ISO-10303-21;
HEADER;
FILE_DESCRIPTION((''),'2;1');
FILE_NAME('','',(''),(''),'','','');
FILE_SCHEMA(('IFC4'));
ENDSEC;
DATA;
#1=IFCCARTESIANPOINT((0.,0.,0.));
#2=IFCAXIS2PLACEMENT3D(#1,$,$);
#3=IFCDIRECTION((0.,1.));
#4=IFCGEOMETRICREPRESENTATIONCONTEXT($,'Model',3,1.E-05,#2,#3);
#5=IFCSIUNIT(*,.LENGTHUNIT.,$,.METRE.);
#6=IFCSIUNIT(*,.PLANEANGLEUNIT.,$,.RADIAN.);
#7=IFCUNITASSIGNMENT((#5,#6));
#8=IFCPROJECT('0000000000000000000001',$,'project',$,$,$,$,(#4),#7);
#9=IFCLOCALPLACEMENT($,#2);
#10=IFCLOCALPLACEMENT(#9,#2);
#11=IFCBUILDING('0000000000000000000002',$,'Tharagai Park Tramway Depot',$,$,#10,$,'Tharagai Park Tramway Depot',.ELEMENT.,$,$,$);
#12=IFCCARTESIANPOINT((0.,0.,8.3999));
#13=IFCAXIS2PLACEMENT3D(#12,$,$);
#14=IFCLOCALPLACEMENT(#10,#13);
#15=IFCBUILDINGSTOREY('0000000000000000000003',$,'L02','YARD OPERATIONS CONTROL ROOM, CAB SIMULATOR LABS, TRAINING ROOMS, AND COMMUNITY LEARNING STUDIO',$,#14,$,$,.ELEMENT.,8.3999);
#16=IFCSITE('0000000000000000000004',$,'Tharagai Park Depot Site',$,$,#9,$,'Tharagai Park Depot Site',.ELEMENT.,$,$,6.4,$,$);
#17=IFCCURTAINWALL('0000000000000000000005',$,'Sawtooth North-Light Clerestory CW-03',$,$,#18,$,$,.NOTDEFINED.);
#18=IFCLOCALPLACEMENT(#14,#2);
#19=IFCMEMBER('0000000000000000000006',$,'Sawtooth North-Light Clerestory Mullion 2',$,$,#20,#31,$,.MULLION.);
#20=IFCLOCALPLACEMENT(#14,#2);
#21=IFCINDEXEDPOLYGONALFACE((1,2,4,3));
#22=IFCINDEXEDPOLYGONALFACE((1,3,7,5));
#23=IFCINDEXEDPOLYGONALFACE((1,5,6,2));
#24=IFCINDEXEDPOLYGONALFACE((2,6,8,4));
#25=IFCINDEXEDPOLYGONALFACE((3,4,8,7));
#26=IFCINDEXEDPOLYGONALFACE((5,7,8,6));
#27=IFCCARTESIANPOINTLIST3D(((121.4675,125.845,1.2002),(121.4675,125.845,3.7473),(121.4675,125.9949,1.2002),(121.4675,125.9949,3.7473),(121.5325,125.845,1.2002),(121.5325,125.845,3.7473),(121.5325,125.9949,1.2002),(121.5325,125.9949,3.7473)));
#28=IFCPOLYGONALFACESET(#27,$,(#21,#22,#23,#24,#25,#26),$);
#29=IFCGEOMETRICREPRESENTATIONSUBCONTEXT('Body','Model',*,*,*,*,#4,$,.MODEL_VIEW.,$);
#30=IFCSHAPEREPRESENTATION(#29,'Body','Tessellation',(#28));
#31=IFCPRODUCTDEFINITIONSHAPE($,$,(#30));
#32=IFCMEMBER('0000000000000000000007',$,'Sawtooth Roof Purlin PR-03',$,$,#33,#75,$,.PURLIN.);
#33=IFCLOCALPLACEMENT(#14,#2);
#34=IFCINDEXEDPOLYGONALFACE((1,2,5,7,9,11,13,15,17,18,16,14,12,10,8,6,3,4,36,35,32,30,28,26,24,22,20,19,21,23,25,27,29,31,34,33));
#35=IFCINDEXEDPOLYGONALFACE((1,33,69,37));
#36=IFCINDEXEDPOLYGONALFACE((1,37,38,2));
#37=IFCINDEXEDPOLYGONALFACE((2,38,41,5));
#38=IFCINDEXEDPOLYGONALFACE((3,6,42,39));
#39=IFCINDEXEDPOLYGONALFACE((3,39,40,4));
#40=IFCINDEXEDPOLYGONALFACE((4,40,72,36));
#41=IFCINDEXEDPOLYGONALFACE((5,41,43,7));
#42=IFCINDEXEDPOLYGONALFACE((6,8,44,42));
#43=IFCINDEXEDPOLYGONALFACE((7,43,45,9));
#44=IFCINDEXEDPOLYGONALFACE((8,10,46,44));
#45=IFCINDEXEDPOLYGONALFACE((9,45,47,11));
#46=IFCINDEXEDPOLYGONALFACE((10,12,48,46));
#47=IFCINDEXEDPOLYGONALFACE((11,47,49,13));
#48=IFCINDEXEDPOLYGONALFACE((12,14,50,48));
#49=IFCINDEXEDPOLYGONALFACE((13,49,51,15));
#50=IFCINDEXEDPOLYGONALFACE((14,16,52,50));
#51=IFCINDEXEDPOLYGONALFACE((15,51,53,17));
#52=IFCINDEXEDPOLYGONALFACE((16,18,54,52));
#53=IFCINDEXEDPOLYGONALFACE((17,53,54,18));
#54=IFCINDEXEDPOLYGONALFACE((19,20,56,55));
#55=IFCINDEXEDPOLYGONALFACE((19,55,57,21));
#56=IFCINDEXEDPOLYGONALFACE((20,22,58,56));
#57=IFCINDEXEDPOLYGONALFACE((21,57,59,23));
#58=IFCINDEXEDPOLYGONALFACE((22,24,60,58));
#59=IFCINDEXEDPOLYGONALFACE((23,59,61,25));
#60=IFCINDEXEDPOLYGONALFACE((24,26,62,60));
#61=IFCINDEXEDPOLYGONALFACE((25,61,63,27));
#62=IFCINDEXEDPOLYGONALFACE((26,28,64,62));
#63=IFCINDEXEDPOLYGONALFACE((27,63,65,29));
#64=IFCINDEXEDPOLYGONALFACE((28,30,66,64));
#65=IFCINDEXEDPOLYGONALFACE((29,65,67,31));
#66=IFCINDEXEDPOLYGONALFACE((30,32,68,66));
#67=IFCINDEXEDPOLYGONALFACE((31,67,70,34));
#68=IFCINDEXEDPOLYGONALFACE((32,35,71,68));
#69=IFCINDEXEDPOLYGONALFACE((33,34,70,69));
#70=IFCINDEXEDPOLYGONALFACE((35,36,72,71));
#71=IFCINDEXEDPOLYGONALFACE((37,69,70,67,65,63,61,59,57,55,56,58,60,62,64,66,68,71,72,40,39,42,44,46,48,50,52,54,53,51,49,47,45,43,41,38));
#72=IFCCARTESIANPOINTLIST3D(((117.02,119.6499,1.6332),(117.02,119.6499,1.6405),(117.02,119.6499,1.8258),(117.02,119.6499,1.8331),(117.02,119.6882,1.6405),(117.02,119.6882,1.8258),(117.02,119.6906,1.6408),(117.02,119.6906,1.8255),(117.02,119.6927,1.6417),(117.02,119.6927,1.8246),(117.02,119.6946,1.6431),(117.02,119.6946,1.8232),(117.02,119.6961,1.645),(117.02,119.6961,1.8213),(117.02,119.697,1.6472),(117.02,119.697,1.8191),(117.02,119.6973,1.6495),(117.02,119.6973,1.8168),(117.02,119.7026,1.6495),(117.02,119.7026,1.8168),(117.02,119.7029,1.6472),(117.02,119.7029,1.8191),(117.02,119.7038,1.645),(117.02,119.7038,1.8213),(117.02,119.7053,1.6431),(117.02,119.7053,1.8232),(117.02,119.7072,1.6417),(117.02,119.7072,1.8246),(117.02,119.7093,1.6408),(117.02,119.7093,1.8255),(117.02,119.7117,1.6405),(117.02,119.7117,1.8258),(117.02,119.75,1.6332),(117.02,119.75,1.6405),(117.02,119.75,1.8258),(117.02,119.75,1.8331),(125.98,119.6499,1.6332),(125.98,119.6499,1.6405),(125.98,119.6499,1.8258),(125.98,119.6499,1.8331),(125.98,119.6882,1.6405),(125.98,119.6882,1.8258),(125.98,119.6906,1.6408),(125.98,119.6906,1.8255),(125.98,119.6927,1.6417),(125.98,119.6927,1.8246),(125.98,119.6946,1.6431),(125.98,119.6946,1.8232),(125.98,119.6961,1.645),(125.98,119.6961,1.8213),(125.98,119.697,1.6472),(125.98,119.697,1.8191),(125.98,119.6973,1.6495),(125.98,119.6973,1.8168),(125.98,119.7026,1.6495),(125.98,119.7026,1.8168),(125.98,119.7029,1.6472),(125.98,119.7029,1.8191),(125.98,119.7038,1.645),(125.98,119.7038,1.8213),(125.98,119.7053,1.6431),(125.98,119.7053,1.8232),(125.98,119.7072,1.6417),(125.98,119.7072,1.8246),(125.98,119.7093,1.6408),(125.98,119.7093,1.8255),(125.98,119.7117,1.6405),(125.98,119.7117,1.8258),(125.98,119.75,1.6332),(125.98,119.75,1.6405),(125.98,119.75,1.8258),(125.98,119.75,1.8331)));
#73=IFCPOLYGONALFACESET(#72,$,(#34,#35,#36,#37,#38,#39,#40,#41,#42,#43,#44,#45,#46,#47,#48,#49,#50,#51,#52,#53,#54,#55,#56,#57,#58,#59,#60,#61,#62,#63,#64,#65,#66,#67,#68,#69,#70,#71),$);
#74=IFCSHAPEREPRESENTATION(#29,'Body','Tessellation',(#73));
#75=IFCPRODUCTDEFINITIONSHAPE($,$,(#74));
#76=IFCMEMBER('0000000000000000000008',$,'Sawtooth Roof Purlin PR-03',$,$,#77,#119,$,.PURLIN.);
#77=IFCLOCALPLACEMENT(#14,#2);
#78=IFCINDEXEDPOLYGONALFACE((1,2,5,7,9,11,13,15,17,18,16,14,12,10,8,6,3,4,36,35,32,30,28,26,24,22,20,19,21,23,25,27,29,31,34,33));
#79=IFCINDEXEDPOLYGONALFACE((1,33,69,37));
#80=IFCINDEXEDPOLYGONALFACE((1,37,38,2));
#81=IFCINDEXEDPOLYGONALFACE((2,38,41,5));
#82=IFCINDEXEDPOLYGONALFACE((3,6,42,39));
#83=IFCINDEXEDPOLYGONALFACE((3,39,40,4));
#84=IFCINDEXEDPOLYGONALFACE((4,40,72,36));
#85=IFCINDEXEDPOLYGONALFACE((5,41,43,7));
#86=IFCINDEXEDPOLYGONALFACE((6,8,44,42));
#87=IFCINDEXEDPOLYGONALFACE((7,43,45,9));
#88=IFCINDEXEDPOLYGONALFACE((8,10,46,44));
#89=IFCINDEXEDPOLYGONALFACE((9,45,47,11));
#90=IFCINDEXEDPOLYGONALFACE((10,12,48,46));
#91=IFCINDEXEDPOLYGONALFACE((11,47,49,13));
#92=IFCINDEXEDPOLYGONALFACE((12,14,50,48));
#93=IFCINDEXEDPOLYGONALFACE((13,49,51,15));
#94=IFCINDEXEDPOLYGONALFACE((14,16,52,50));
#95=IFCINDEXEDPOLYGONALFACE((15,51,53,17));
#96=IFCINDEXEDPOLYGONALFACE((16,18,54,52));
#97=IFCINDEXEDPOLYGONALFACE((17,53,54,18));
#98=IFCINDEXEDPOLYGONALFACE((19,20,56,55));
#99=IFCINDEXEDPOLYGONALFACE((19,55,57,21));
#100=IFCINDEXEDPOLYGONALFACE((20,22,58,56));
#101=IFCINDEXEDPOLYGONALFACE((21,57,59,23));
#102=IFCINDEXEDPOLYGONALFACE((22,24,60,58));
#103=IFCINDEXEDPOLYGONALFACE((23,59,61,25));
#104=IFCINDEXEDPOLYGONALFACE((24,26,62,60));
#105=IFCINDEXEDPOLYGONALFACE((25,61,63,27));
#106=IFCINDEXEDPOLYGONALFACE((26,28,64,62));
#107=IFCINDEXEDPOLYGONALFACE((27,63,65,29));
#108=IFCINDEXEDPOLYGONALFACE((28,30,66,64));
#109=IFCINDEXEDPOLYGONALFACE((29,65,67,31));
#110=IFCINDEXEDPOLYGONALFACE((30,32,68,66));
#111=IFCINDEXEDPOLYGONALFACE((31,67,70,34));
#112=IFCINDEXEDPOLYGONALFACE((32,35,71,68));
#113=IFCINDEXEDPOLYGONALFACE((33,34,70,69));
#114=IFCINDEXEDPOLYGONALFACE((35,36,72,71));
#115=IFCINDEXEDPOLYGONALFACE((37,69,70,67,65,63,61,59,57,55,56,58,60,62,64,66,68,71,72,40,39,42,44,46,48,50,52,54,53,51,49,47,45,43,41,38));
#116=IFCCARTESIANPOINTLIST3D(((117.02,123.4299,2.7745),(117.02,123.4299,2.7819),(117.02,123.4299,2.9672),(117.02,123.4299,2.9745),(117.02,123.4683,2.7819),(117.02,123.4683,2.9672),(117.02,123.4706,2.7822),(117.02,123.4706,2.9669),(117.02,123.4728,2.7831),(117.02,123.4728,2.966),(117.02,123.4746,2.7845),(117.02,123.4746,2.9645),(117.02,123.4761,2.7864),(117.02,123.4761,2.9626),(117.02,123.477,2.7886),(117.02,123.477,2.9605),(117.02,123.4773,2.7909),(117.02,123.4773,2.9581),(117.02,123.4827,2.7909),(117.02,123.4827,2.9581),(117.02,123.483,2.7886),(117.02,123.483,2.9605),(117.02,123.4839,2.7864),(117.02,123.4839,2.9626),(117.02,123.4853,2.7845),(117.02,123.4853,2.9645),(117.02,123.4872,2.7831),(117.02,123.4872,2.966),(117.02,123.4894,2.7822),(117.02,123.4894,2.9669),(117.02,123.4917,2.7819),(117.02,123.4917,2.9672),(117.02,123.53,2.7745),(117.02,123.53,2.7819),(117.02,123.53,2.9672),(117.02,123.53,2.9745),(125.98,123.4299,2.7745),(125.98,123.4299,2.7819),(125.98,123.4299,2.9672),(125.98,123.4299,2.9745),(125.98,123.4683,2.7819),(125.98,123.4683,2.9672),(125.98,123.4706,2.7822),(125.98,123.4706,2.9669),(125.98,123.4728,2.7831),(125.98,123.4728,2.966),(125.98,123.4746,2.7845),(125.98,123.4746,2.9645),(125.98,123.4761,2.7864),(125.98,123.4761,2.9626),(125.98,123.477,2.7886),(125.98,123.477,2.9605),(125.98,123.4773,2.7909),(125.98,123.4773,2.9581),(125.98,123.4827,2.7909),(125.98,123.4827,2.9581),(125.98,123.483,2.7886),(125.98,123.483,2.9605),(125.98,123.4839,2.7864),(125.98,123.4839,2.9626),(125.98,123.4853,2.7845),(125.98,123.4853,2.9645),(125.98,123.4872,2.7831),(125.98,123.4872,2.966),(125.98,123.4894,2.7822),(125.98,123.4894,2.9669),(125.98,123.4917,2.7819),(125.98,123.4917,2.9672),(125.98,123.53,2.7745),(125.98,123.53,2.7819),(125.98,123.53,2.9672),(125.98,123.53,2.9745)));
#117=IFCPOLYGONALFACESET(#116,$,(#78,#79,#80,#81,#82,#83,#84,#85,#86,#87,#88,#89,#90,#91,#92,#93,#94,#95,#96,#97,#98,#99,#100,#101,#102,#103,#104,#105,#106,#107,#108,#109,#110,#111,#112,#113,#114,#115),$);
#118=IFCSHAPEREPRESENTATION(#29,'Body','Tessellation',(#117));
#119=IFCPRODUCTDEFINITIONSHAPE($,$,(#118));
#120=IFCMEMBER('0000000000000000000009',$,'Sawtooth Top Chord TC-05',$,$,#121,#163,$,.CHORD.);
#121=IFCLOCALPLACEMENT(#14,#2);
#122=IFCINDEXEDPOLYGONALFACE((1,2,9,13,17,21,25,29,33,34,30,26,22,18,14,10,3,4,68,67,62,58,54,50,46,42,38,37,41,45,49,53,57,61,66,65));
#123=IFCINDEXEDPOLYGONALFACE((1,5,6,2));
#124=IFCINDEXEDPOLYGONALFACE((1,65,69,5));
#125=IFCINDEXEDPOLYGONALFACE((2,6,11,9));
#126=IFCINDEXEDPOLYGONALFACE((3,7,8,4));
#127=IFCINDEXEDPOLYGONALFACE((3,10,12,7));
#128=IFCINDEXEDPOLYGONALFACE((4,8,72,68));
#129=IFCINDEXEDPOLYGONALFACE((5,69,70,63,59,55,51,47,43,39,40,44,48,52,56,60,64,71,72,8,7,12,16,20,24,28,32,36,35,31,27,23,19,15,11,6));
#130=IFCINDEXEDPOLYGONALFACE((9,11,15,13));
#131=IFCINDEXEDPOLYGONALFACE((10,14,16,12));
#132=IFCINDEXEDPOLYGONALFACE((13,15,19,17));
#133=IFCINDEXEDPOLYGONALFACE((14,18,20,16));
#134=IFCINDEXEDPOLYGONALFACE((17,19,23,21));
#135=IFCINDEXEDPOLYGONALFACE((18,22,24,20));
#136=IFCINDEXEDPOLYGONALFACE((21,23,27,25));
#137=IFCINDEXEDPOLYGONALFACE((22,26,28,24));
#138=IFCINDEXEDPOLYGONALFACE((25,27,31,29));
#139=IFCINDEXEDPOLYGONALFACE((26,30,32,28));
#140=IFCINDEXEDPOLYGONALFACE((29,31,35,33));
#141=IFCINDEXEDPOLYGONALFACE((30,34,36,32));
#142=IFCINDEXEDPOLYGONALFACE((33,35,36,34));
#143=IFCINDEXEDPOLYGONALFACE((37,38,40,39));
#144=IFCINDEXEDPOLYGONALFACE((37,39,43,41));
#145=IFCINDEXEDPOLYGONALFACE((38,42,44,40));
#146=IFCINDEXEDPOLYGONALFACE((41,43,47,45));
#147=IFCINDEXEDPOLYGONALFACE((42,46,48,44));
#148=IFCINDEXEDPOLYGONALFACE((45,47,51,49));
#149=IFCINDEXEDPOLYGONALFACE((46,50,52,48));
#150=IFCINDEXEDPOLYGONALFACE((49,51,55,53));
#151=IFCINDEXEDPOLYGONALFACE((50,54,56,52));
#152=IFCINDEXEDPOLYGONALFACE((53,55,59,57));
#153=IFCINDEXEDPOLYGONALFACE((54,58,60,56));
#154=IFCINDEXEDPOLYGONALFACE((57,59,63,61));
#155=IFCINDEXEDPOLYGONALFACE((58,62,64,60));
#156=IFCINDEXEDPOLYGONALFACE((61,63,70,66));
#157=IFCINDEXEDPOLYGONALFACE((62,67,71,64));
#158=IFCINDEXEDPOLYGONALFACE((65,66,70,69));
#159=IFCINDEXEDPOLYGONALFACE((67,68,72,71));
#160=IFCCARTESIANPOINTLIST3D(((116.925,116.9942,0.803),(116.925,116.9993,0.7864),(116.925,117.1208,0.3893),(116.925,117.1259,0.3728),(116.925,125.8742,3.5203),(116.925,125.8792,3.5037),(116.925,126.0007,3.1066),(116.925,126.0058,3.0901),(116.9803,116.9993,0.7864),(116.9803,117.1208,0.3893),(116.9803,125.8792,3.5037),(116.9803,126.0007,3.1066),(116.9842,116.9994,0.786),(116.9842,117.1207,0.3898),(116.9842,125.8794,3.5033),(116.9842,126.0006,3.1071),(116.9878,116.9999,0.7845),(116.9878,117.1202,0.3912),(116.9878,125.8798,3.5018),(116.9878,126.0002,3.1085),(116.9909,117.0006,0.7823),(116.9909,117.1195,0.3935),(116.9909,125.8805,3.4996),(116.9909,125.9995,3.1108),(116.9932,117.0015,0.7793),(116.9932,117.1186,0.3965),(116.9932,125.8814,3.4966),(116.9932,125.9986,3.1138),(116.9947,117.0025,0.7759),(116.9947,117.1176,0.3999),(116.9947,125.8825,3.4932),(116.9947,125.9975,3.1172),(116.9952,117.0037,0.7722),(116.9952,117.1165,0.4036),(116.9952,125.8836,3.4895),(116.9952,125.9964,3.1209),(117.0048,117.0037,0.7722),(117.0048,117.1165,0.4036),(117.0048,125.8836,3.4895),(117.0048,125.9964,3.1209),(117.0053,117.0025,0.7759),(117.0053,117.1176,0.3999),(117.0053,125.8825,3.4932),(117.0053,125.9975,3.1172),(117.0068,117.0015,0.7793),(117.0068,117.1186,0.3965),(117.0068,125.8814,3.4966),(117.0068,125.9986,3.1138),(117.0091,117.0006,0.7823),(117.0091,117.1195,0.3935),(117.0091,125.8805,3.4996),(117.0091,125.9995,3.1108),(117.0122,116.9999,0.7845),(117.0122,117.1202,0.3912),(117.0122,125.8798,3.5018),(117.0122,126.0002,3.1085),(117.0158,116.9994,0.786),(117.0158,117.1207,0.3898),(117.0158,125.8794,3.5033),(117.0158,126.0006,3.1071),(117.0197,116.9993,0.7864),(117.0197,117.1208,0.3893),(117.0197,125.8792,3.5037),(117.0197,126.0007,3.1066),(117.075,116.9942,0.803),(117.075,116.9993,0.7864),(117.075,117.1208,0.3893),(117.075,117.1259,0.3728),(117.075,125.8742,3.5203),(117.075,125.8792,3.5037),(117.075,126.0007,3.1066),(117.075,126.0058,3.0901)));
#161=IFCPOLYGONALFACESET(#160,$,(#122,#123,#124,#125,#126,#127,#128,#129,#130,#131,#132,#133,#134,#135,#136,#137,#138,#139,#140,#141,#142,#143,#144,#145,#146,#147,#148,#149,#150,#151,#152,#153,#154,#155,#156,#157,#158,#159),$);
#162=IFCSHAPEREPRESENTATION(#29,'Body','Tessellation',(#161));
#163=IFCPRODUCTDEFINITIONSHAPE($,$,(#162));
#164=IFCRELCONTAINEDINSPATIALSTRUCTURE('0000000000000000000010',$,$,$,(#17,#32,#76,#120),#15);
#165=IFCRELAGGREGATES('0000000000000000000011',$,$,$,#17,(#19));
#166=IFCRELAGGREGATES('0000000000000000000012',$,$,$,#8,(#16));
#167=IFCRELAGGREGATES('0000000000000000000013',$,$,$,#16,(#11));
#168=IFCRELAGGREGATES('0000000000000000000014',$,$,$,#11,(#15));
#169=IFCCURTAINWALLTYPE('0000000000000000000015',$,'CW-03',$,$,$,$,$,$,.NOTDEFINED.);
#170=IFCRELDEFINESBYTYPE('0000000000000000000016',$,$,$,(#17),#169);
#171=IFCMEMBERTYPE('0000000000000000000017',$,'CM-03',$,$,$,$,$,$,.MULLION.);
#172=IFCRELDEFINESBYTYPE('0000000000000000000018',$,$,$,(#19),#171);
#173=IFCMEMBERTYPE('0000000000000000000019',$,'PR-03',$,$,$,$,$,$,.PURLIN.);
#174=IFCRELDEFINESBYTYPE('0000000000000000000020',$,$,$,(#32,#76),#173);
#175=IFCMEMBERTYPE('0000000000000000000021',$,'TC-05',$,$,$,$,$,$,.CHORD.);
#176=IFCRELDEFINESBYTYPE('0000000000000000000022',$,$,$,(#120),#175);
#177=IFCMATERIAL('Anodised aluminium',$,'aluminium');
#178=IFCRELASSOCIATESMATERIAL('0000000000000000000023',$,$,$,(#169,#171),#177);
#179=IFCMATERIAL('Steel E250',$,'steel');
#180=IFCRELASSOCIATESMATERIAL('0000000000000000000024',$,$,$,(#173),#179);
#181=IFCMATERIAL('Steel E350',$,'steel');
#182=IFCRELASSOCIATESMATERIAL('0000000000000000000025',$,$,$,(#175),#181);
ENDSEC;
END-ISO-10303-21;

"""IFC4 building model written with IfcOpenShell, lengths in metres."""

from ifc_helpers import new_model, si_unit, direction, frame, origin, origin_2d, place, context, subcontext, project, spatial, rectangle, i_section, extrude, material, material_profile, profile_set, type_object, element, aggregate, save


model = new_model("IFC4")

# Units and contexts
model_context = context("Model", 3, precision=1e-05, world=origin(), true_north=direction((0.0, 1.0)))
body_context = subcontext(model_context, "Body", "Model", "MODEL_VIEW")
ifc_project = project(units=[si_unit("LENGTHUNIT", "METRE"), si_unit("PLANEANGLEUNIT", "RADIAN")], contexts=[model_context])

# Site, building, storey
site_placement = place(None, origin())
site = spatial("IfcSite", under=ifc_project, at=site_placement, Name="Tharagai Park Depot Site", LongName="Tharagai Park Depot Site", CompositionType="ELEMENT", RefElevation=6.4)
building_placement = place(site_placement, origin())
building = spatial("IfcBuilding", under=site, at=building_placement, Name="Tharagai Park Tramway Depot", LongName="Tharagai Park Tramway Depot", CompositionType="ELEMENT")
storey_placement = place(building_placement, frame((0.0, 0.0, 8.3999)))
storey = spatial("IfcBuildingStorey", under=building, at=storey_placement, Name="L02", Description="YARD OPERATIONS CONTROL ROOM, CAB SIMULATOR LABS, TRAINING ROOMS, AND COMMUNITY LEARNING STUDIO", CompositionType="ELEMENT", Elevation=8.3999)

# Shared definitions
ifc_material_1 = material(Name="Steel E350", Category="steel")

# Curtain wall
ifc_material_2 = material(Name="Anodised aluminium", Category="aluminium")
curtain_wall_type_1 = type_object("IfcCurtainWallType", Name="CW-03", PredefinedType="NOTDEFINED", material=ifc_material_2)
curtain_wall_1_placement = place(storey_placement, origin())
curtain_wall_1 = element("IfcCurtainWall", 1, at=curtain_wall_1_placement, inside=storey, type_object=curtain_wall_type_1, Name="Sawtooth North-Light Clerestory CW-03", PredefinedType="NOTDEFINED")

# Member
ifc_material_profile_1 = material_profile(ifc_material_2, rectangle(XDim=0.0649, YDim=0.1499, at=origin_2d()), Name="ALU 65x150")
ifc_profile_set_1 = profile_set([ifc_material_profile_1], Name="Anodised aluminium")
member_type_1 = type_object("IfcMemberType", Name="CM-03", PredefinedType="MULLION", material=ifc_profile_set_1)
member_1_placement = place(storey_placement, frame((121.5, 125.9199, 1.2002), z_axis=(0.0, 0.0, 1.0), x_axis=(1.0, 0.0, 0.0)))
member_1 = element("IfcMember", 2, at=member_1_placement, type_object=member_type_1, Name="Sawtooth North-Light Clerestory Mullion 2", PredefinedType="MULLION", context=body_context, shape_type="SweptSolid", body=[
    extrude(rectangle(XDim=0.0649, YDim=0.1499, at=origin_2d()), origin(), (0.0, 0.0, 1.0), 2.5471),
])

# Members
ifc_material_3 = material(Name="Steel E250", Category="steel")
ifc_material_profile_2 = material_profile(ifc_material_3, i_section(OverallWidth=0.1001, OverallDepth=0.2, WebThickness=0.0054, FlangeThickness=0.0073, FilletRadius=0.009, at=origin_2d()), Name="ISLB 200")
ifc_profile_set_2 = profile_set([ifc_material_profile_2], Name="Steel E250")
member_type_2 = type_object("IfcMemberType", Name="PR-03", PredefinedType="PURLIN", material=ifc_profile_set_2)
for number, where, z_axis, x_axis, name in (
    (3, (117.02, 119.7, 1.7332), (1.0, 0.0, 0.0), (0.0, 1.0, 0.0), "Sawtooth Roof Purlin PR-03"),
    (4, (117.02, 123.48, 2.8745), (1.0, 0.0, 0.0), (0.0, 1.0, 0.0), "Sawtooth Roof Purlin PR-03"),
):
    element("IfcMember", number, at=place(storey_placement, frame(where, z_axis=z_axis, x_axis=x_axis)), inside=storey, type_object=member_type_2, Name=name, PredefinedType="PURLIN", context=body_context, shape_type="SweptSolid", body=[
        extrude(i_section(OverallWidth=0.1001, OverallDepth=0.2, WebThickness=0.0054, FlangeThickness=0.0073, FilletRadius=0.009, at=origin_2d()), origin(), (0.0, 0.0, 1.0), 8.96),
    ])
ifc_material_profile_3 = material_profile(ifc_material_1, i_section(OverallWidth=0.1499, OverallDepth=0.45, WebThickness=0.0095, FlangeThickness=0.0173, FilletRadius=0.0149, at=origin_2d()), Name="ISMB 450")
ifc_profile_set_3 = profile_set([ifc_material_profile_3], Name="Steel E350")
member_type_3 = type_object("IfcMemberType", Name="TC-05", PredefinedType="CHORD", material=ifc_profile_set_3)
for number, where, z_axis, x_axis, name in (
    (5, (117.0, 117.0601, 0.5879), (0.0, 0.956231, 0.292611), (-1.0, 0.0, 0.0), "Sawtooth Top Chord TC-05"),
):
    element("IfcMember", number, at=place(storey_placement, frame(where, z_axis=z_axis, x_axis=x_axis)), inside=storey, type_object=member_type_3, Name=name, PredefinedType="CHORD", context=body_context, shape_type="SweptSolid", body=[
        extrude(i_section(OverallWidth=0.1499, OverallDepth=0.45, WebThickness=0.0095, FlangeThickness=0.0173, FilletRadius=0.0149, at=origin_2d()), origin(), (0.0, 0.0, 1.0), 9.2864),
    ])

aggregate(curtain_wall_1, [member_1])

save(model, "model.ifc")
